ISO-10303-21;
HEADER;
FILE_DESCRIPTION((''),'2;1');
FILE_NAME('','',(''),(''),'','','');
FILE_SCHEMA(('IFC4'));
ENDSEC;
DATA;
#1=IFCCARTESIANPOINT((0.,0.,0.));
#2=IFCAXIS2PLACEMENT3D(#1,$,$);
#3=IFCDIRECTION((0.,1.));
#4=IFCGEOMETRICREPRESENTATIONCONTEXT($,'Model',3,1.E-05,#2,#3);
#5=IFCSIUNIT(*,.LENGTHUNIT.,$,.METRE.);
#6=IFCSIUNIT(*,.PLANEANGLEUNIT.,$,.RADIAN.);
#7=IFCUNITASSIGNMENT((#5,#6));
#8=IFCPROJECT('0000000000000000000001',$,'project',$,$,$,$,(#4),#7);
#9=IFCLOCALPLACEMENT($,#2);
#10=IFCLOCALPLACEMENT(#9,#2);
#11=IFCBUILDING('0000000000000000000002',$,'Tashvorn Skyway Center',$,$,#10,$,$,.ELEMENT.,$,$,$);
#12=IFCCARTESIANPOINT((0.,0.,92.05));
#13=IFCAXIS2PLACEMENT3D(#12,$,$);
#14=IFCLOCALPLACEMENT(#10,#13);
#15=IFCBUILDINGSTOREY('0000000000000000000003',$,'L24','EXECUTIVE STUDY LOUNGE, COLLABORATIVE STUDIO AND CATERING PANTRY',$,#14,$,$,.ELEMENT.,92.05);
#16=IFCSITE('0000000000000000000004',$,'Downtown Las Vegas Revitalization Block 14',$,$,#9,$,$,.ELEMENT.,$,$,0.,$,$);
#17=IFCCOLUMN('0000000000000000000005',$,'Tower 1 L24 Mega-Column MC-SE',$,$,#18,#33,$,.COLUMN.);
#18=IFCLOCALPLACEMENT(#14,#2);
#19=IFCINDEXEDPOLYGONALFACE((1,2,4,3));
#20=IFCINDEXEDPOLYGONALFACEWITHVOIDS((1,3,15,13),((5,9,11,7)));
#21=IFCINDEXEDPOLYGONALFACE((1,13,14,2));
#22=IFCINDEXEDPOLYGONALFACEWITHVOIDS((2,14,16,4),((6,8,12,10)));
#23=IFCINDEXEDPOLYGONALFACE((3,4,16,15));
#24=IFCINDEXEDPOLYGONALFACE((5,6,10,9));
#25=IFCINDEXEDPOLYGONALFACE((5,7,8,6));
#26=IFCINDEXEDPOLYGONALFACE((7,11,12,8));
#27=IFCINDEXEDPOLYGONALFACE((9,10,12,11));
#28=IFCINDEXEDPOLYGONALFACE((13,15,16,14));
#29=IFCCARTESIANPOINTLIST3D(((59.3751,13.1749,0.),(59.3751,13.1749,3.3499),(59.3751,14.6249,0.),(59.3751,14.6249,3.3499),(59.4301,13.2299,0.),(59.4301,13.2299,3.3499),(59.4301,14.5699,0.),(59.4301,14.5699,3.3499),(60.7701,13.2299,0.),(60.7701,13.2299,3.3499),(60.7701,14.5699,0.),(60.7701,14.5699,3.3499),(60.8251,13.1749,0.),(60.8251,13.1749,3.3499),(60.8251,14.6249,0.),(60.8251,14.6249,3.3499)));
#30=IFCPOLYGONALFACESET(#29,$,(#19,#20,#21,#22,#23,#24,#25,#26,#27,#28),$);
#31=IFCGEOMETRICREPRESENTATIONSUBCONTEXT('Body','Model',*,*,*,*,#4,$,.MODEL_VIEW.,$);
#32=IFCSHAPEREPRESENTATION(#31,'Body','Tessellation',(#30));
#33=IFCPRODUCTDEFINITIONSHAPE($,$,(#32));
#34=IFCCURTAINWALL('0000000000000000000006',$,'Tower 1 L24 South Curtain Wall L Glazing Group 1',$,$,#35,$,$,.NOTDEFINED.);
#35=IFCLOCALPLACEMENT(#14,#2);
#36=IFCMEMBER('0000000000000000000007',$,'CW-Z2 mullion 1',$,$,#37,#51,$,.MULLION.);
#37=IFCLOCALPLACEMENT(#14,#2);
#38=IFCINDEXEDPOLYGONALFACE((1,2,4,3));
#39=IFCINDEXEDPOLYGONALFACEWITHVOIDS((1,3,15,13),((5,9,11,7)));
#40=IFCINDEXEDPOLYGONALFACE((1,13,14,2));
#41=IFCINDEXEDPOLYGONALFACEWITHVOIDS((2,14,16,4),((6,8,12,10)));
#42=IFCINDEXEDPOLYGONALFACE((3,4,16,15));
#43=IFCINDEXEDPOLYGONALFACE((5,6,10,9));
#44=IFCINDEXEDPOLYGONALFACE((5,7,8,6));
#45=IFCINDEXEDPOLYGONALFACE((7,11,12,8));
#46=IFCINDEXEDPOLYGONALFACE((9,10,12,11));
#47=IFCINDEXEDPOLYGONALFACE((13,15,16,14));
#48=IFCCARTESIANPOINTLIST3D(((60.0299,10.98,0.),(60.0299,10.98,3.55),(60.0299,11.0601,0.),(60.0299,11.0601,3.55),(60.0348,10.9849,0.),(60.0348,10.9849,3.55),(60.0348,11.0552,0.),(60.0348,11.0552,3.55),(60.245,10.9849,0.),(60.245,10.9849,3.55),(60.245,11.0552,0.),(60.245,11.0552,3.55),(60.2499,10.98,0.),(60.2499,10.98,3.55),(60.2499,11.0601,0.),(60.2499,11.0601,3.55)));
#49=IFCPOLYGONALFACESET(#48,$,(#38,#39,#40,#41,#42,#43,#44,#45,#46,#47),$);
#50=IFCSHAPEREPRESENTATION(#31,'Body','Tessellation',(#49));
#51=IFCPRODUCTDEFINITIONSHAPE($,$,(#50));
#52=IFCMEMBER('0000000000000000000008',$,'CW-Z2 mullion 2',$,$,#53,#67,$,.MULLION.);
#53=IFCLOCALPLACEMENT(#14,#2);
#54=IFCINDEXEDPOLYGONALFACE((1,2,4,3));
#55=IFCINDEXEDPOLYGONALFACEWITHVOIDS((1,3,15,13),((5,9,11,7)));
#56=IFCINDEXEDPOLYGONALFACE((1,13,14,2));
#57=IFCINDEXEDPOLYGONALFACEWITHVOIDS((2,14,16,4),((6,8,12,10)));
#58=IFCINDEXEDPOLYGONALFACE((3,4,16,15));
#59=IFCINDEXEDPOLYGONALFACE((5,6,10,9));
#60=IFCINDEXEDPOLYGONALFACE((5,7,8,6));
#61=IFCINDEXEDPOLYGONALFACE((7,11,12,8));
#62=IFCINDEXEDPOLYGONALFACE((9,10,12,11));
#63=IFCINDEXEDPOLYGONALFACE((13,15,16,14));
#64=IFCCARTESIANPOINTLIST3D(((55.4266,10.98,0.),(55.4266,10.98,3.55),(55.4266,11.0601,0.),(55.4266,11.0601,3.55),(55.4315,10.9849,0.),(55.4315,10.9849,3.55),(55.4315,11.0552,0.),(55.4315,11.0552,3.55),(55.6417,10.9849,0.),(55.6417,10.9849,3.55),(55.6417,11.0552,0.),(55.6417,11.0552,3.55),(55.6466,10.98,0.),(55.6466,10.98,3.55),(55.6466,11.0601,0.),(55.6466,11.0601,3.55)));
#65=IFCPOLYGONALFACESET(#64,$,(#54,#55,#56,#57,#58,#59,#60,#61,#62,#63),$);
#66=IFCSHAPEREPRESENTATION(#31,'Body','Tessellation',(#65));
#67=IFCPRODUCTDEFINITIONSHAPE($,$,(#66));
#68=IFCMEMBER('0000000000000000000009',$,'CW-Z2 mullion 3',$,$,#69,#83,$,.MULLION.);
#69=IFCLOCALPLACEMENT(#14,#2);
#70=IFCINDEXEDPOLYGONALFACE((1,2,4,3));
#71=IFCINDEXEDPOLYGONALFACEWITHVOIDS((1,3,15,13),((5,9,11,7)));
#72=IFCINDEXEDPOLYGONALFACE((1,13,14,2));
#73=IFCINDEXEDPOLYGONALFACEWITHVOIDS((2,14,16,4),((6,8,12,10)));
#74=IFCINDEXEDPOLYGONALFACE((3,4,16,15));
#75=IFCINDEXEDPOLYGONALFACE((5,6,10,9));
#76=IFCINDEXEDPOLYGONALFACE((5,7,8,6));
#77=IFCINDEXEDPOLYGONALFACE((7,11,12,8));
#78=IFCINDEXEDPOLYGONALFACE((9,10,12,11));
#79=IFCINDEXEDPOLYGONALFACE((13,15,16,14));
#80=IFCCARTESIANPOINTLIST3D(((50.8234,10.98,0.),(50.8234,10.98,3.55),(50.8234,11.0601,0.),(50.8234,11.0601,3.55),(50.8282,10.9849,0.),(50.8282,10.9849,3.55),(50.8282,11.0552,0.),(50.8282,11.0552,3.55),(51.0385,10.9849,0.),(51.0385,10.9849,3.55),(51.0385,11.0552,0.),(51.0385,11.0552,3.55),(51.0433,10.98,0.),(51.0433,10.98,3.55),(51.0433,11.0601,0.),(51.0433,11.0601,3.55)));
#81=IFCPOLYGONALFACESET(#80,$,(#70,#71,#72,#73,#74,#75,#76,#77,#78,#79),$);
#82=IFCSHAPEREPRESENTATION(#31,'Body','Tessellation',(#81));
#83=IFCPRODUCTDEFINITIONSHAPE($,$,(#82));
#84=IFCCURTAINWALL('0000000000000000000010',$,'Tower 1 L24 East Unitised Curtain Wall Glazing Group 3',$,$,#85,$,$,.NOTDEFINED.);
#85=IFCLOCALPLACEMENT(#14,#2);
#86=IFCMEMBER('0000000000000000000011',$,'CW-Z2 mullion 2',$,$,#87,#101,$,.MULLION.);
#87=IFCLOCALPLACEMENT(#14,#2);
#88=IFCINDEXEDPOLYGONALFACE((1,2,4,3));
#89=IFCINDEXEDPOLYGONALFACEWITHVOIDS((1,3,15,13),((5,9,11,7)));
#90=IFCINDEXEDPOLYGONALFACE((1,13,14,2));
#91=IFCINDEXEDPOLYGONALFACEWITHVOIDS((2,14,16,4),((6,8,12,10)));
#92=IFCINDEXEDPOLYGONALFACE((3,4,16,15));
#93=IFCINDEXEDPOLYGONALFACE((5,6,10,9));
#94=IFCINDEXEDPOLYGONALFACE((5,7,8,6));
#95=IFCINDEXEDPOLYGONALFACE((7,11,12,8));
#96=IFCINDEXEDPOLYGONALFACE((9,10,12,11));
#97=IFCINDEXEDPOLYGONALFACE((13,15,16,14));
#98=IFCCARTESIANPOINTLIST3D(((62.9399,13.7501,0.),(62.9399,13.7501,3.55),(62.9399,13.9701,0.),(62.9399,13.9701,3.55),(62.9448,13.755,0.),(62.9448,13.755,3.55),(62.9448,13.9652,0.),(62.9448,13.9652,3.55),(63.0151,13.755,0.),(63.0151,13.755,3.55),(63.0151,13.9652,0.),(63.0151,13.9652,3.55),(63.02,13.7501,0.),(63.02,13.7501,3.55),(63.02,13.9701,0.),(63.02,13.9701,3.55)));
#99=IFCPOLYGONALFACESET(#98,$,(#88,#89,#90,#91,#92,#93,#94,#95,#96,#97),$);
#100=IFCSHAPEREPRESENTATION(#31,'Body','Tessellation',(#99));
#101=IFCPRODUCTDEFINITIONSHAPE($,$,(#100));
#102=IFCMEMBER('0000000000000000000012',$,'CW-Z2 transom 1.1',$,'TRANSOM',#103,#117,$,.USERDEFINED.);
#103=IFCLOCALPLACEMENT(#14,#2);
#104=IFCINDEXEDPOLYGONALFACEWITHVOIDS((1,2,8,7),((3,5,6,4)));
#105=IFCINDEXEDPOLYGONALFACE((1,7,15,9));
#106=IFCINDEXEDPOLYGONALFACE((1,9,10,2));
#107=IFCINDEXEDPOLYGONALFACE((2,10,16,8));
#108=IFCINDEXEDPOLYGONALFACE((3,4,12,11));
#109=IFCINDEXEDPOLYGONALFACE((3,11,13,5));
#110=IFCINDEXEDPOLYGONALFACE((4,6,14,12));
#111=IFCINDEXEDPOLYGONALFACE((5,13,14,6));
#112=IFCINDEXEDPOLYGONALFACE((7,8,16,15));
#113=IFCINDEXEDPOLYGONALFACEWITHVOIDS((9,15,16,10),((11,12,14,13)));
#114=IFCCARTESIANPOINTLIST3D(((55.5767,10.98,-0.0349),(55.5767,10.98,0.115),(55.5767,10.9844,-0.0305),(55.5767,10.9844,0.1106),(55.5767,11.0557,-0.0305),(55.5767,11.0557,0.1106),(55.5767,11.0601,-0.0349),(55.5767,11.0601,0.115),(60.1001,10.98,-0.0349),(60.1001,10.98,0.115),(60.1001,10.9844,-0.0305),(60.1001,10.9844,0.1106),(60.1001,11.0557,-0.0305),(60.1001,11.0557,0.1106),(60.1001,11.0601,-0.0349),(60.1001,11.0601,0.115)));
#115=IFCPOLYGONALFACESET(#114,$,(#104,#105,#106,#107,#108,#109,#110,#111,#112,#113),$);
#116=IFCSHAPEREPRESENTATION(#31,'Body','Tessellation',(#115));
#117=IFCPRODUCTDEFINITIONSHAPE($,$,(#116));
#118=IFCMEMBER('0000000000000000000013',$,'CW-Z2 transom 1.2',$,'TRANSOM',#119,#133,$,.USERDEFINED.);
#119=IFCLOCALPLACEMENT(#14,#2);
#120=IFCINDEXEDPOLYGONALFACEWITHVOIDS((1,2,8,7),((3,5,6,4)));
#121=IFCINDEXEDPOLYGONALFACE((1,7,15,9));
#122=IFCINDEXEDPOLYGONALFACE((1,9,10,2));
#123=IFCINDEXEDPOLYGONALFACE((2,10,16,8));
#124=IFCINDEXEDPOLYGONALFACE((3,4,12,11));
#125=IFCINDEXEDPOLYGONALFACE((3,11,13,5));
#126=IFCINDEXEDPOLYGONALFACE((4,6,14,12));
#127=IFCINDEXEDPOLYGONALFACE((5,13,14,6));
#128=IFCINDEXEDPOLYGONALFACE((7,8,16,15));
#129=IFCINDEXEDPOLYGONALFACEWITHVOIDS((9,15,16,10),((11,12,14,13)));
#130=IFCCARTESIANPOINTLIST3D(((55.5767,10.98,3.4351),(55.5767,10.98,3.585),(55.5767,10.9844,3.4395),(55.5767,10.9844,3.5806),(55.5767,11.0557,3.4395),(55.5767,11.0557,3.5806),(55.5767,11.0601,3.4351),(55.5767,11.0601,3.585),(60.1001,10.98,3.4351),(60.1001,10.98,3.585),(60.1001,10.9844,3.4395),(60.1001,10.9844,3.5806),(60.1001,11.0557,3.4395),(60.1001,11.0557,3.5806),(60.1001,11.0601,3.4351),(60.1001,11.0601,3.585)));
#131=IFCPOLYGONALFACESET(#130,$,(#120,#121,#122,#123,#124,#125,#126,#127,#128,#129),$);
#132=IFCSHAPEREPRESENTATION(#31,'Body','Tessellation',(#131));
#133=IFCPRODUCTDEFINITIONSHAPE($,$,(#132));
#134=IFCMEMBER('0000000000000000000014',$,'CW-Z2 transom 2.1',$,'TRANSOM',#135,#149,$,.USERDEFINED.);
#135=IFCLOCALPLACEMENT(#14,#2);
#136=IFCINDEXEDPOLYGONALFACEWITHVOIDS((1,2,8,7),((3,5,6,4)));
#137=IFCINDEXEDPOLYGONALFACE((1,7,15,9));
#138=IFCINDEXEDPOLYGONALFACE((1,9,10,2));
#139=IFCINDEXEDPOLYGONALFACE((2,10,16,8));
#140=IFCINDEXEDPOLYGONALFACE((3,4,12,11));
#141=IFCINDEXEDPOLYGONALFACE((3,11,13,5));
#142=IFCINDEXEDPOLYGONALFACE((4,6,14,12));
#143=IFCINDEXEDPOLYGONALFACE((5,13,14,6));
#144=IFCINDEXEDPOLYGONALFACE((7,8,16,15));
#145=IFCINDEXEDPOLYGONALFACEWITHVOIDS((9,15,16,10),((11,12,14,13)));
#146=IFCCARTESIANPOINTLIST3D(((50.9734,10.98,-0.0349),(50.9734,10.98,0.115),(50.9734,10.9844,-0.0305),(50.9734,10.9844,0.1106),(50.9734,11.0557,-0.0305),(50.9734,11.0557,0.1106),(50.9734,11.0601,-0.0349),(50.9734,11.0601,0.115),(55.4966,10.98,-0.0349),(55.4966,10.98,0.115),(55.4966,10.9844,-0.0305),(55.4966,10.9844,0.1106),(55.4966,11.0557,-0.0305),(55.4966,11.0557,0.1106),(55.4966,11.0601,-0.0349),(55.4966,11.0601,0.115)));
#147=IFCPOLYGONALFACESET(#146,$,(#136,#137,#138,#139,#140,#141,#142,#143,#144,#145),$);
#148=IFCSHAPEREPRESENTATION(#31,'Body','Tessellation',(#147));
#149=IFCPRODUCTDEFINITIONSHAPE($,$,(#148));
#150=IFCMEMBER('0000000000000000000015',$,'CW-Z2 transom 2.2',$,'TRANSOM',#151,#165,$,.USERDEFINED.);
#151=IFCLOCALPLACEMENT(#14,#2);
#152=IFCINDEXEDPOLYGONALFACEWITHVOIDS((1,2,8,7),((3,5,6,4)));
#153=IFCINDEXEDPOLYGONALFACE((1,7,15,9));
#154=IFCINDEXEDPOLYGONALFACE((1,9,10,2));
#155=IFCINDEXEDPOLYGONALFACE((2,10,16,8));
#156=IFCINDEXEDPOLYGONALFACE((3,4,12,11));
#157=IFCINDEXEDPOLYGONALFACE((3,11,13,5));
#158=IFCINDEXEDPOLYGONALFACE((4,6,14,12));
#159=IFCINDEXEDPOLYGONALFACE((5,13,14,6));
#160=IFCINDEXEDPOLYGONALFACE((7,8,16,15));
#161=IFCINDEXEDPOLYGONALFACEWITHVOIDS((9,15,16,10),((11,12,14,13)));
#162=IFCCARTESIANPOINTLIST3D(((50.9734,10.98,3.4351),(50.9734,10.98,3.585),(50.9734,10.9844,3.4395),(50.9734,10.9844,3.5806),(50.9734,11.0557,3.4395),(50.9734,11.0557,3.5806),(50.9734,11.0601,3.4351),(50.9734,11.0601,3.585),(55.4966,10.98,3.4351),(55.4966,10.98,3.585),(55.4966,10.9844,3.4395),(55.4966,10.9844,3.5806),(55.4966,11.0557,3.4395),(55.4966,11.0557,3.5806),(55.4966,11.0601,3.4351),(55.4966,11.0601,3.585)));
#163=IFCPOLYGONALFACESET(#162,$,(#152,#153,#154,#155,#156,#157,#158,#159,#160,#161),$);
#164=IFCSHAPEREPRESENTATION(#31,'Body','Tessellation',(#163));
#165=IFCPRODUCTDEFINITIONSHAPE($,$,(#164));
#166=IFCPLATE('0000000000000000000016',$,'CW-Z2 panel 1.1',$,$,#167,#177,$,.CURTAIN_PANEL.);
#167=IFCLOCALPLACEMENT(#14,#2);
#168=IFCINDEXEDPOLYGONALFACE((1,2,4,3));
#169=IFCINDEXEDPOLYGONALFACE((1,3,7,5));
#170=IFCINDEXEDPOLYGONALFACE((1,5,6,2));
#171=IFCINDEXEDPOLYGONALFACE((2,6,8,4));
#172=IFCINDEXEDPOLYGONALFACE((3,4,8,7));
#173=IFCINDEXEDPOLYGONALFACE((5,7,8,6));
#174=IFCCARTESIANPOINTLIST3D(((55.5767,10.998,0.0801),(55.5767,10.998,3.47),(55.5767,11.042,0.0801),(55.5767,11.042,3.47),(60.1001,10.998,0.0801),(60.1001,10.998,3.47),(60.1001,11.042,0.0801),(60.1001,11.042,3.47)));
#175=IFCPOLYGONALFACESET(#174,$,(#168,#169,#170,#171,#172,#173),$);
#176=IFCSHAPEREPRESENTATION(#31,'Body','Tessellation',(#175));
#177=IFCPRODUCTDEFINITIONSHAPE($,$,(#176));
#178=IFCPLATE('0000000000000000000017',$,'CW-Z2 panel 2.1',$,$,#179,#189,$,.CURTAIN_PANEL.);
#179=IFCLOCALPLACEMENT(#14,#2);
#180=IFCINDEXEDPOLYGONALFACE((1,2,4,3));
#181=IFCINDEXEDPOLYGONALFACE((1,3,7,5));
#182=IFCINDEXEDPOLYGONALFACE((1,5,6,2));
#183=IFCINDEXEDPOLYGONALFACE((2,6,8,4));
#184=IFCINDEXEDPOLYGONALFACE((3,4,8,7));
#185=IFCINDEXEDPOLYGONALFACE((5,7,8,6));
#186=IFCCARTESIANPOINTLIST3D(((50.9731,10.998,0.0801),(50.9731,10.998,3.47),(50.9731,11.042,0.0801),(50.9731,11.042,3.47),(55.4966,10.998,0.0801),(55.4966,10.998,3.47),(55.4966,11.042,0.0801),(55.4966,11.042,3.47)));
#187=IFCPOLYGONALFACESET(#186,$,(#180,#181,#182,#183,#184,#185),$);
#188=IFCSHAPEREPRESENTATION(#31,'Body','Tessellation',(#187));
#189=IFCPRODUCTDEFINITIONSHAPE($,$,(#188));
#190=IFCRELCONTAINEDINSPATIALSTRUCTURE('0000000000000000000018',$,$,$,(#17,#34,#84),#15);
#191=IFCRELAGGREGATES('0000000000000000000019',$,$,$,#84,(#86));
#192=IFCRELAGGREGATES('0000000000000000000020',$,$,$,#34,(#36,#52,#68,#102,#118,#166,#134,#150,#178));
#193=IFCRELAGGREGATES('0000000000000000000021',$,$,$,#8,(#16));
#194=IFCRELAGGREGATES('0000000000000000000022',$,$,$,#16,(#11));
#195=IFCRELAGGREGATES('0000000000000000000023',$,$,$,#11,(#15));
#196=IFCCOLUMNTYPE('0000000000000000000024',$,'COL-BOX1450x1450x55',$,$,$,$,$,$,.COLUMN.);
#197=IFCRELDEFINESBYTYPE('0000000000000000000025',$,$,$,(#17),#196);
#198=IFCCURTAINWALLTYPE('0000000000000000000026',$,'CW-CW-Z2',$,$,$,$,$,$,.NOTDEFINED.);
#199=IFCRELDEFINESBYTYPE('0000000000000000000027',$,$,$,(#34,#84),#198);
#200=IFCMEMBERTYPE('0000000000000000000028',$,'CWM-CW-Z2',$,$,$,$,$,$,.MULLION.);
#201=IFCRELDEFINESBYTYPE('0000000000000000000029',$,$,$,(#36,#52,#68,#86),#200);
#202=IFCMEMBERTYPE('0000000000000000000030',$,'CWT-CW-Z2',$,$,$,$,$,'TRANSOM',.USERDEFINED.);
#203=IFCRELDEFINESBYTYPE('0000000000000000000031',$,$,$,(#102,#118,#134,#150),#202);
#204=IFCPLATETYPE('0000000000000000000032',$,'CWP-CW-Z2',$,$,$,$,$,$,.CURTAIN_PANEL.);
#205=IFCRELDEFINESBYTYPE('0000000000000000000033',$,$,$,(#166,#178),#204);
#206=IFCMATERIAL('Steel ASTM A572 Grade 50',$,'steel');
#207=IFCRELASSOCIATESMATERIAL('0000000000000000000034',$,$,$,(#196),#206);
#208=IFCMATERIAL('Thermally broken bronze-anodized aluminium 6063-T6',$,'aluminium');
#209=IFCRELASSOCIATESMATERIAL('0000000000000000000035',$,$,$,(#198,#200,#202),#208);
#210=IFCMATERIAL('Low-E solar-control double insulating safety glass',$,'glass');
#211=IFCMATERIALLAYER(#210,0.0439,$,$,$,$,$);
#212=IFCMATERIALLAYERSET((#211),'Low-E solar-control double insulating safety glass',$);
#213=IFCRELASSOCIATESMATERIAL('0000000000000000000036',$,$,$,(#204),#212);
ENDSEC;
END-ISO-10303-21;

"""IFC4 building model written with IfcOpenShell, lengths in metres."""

from ifc_helpers import new_model, si_unit, direction, frame, origin, origin_2d, place, context, subcontext, project, spatial, rectangle, hollow_rectangle, extrude, material, layer, layer_set, material_profile, profile_set, type_object, element, aggregate, save


model = new_model("IFC4")

# Units and contexts
model_context = context("Model", 3, precision=1e-05, world=origin(), true_north=direction((0.0, 1.0)))
body_context = subcontext(model_context, "Body", "Model", "MODEL_VIEW")
ifc_project = project(units=[si_unit("LENGTHUNIT", "METRE"), si_unit("PLANEANGLEUNIT", "RADIAN")], contexts=[model_context])

# Site, building, storey
site_placement = place(None, origin())
site = spatial("IfcSite", under=ifc_project, at=site_placement, Name="Downtown Las Vegas Revitalization Block 14", CompositionType="ELEMENT", RefElevation=0.0)
building_placement = place(site_placement, origin())
building = spatial("IfcBuilding", under=site, at=building_placement, Name="Tashvorn Skyway Center", CompositionType="ELEMENT")
storey_placement = place(building_placement, frame((0.0, 0.0, 92.05)))
storey = spatial("IfcBuildingStorey", under=building, at=storey_placement, Name="L24", Description="EXECUTIVE STUDY LOUNGE, COLLABORATIVE STUDIO AND CATERING PANTRY", CompositionType="ELEMENT", Elevation=92.05)

# Column
ifc_material_1 = material(Name="Steel ASTM A572 Grade 50", Category="steel")
ifc_material_profile_1 = material_profile(ifc_material_1, hollow_rectangle(XDim=1.45, YDim=1.45, WallThickness=0.0549, at=origin_2d()), Name="BOX1450x1450x55")
ifc_profile_set_1 = profile_set([ifc_material_profile_1], Name="Steel ASTM A572 Grade 50")
column_type = type_object("IfcColumnType", Name="COL-BOX1450x1450x55", PredefinedType="COLUMN", material=ifc_profile_set_1)
column_placement = place(storey_placement, frame((60.1001, 13.8999, 0.0), z_axis=(0.0, 0.0, 1.0), x_axis=(1.0, 0.0, 0.0)))
element("IfcColumn", 1, at=column_placement, inside=storey, type_object=column_type, Name="Tower 1 L24 Mega-Column MC-SE", PredefinedType="COLUMN", context=body_context, shape_type="SweptSolid", body=[
    extrude(hollow_rectangle(XDim=1.45, YDim=1.45, WallThickness=0.0549, at=origin_2d()), origin(), (0.0, 0.0, 1.0), 3.3499),
])

# Curtain wall, members
ifc_material_2 = material(Name="Thermally broken bronze-anodized aluminium 6063-T6", Category="aluminium")
curtain_wall_type = type_object("IfcCurtainWallType", Name="CW-CW-Z2", PredefinedType="NOTDEFINED", material=ifc_material_2)
curtain_wall_1_placement = place(storey_placement, origin())
curtain_wall_1 = element("IfcCurtainWall", 2, at=curtain_wall_1_placement, inside=storey, type_object=curtain_wall_type, Name="Tower 1 L24 South Curtain Wall L Glazing Group 1", PredefinedType="NOTDEFINED")
ifc_material_profile_2 = material_profile(ifc_material_2, hollow_rectangle(XDim=0.0801, YDim=0.22, WallThickness=0.0049, at=origin_2d()), Name="ALU-MULL-80x220")
ifc_profile_set_2 = profile_set([ifc_material_profile_2], Name="Thermally broken bronze-anodized aluminium 6063-T6")
member_type_1 = type_object("IfcMemberType", Name="CWM-CW-Z2", PredefinedType="MULLION", material=ifc_profile_set_2)
member_1_placement = place(storey_placement, frame((60.1399, 11.02, 0.0), z_axis=(0.0, 0.0, 1.0), x_axis=(0.0, -1.0, 0.0)))
member_1 = element("IfcMember", 3, at=member_1_placement, type_object=member_type_1, Name="CW-Z2 mullion 1", PredefinedType="MULLION", context=body_context, shape_type="SweptSolid", body=[
    extrude(hollow_rectangle(XDim=0.0801, YDim=0.22, WallThickness=0.0049, at=origin_2d()), origin(), (0.0, 0.0, 1.0), 3.55),
])
member_2_placement = place(storey_placement, frame((55.5366, 11.02, 0.0), z_axis=(0.0, 0.0, 1.0), x_axis=(0.0, -1.0, 0.0)))
member_2 = element("IfcMember", 4, at=member_2_placement, type_object=member_type_1, Name="CW-Z2 mullion 2", PredefinedType="MULLION", context=body_context, shape_type="SweptSolid", body=[
    extrude(hollow_rectangle(XDim=0.0801, YDim=0.22, WallThickness=0.0049, at=origin_2d()), origin(), (0.0, 0.0, 1.0), 3.55),
])
member_3_placement = place(storey_placement, frame((50.9333, 11.02, 0.0), z_axis=(0.0, 0.0, 1.0), x_axis=(0.0, -1.0, 0.0)))
member_3 = element("IfcMember", 5, at=member_3_placement, type_object=member_type_1, Name="CW-Z2 mullion 3", PredefinedType="MULLION", context=body_context, shape_type="SweptSolid", body=[
    extrude(hollow_rectangle(XDim=0.0801, YDim=0.22, WallThickness=0.0049, at=origin_2d()), origin(), (0.0, 0.0, 1.0), 3.55),
])

# Curtain wall, member
curtain_wall_2_placement = place(storey_placement, origin())
curtain_wall_2 = element("IfcCurtainWall", 6, at=curtain_wall_2_placement, inside=storey, type_object=curtain_wall_type, Name="Tower 1 L24 East Unitised Curtain Wall Glazing Group 3", PredefinedType="NOTDEFINED")
member_4_placement = place(storey_placement, frame((62.98, 13.8601, 0.0), z_axis=(0.0, 0.0, 1.0), x_axis=(1.0, 0.0, 0.0)))
member_4 = element("IfcMember", 7, at=member_4_placement, type_object=member_type_1, Name="CW-Z2 mullion 2", PredefinedType="MULLION", context=body_context, shape_type="SweptSolid", body=[
    extrude(hollow_rectangle(XDim=0.0801, YDim=0.22, WallThickness=0.0049, at=origin_2d()), origin(), (0.0, 0.0, 1.0), 3.55),
])
aggregate(curtain_wall_2, [member_4])

# Members
ifc_material_profile_3 = material_profile(ifc_material_2, hollow_rectangle(XDim=0.0801, YDim=0.1499, WallThickness=0.0044, at=origin_2d()), Name="ALU-TRAN-80x150")
ifc_profile_set_3 = profile_set([ifc_material_profile_3], Name="Thermally broken bronze-anodized aluminium 6063-T6")
member_type_2 = type_object("IfcMemberType", Name="CWT-CW-Z2", ElementType="TRANSOM", PredefinedType="USERDEFINED", material=ifc_profile_set_3)
member_5_placement = place(storey_placement, frame((60.1001, 11.02, 0.04), z_axis=(-1.0, 0.0, 0.0), x_axis=(0.0, -1.0, 0.0)))
member_5 = element("IfcMember", 8, at=member_5_placement, type_object=member_type_2, Name="CW-Z2 transom 1.1", ObjectType="TRANSOM", PredefinedType="USERDEFINED", context=body_context, shape_type="SweptSolid", body=[
    extrude(hollow_rectangle(XDim=0.0801, YDim=0.1499, WallThickness=0.0044, at=origin_2d()), origin(), (0.0, 0.0, 1.0), 4.5234),
])
member_6_placement = place(storey_placement, frame((60.1001, 11.02, 3.51), z_axis=(-1.0, 0.0, 0.0), x_axis=(0.0, -1.0, 0.0)))
member_6 = element("IfcMember", 9, at=member_6_placement, type_object=member_type_2, Name="CW-Z2 transom 1.2", ObjectType="TRANSOM", PredefinedType="USERDEFINED", context=body_context, shape_type="SweptSolid", body=[
    extrude(hollow_rectangle(XDim=0.0801, YDim=0.1499, WallThickness=0.0044, at=origin_2d()), origin(), (0.0, 0.0, 1.0), 4.5234),
])
member_7_placement = place(storey_placement, frame((55.4966, 11.02, 0.04), z_axis=(-1.0, 0.0, 0.0), x_axis=(0.0, -1.0, 0.0)))
member_7 = element("IfcMember", 10, at=member_7_placement, type_object=member_type_2, Name="CW-Z2 transom 2.1", ObjectType="TRANSOM", PredefinedType="USERDEFINED", context=body_context, shape_type="SweptSolid", body=[
    extrude(hollow_rectangle(XDim=0.0801, YDim=0.1499, WallThickness=0.0044, at=origin_2d()), origin(), (0.0, 0.0, 1.0), 4.5232),
])
member_8_placement = place(storey_placement, frame((55.4966, 11.02, 3.51), z_axis=(-1.0, 0.0, 0.0), x_axis=(0.0, -1.0, 0.0)))
member_8 = element("IfcMember", 11, at=member_8_placement, type_object=member_type_2, Name="CW-Z2 transom 2.2", ObjectType="TRANSOM", PredefinedType="USERDEFINED", context=body_context, shape_type="SweptSolid", body=[
    extrude(hollow_rectangle(XDim=0.0801, YDim=0.1499, WallThickness=0.0044, at=origin_2d()), origin(), (0.0, 0.0, 1.0), 4.5232),
])

# Plates
ifc_material_3 = material(Name="Low-E solar-control double insulating safety glass", Category="glass")
ifc_layer_1 = layer(ifc_material_3, 0.0439)
ifc_layer_set_1 = layer_set([ifc_layer_1], Name="Low-E solar-control double insulating safety glass")
plate_type = type_object("IfcPlateType", Name="CWP-CW-Z2", PredefinedType="CURTAIN_PANEL", material=ifc_layer_set_1)
plate_1_placement = place(storey_placement, frame((57.8384, 11.02, 0.0801), z_axis=(0.0, 0.0, 1.0), x_axis=(-1.0, 0.0, 0.0)))
plate_1 = element("IfcPlate", 12, at=plate_1_placement, type_object=plate_type, Name="CW-Z2 panel 1.1", PredefinedType="CURTAIN_PANEL", context=body_context, shape_type="SweptSolid", body=[
    extrude(rectangle(XDim=4.5234, YDim=0.0439, at=origin_2d()), origin(), (0.0, 0.0, 1.0), 3.3899),
])
plate_2_placement = place(storey_placement, frame((53.2349, 11.02, 0.0801), z_axis=(0.0, 0.0, 1.0), x_axis=(-1.0, 0.0, 0.0)))
plate_2 = element("IfcPlate", 13, at=plate_2_placement, type_object=plate_type, Name="CW-Z2 panel 2.1", PredefinedType="CURTAIN_PANEL", context=body_context, shape_type="SweptSolid", body=[
    extrude(rectangle(XDim=4.5234, YDim=0.0439, at=origin_2d()), origin(), (0.0, 0.0, 1.0), 3.3899),
])
aggregate(curtain_wall_1, [member_1, member_2, member_3, member_5, member_6, plate_1, member_7, member_8, plate_2])

save(model, "model.ifc")
